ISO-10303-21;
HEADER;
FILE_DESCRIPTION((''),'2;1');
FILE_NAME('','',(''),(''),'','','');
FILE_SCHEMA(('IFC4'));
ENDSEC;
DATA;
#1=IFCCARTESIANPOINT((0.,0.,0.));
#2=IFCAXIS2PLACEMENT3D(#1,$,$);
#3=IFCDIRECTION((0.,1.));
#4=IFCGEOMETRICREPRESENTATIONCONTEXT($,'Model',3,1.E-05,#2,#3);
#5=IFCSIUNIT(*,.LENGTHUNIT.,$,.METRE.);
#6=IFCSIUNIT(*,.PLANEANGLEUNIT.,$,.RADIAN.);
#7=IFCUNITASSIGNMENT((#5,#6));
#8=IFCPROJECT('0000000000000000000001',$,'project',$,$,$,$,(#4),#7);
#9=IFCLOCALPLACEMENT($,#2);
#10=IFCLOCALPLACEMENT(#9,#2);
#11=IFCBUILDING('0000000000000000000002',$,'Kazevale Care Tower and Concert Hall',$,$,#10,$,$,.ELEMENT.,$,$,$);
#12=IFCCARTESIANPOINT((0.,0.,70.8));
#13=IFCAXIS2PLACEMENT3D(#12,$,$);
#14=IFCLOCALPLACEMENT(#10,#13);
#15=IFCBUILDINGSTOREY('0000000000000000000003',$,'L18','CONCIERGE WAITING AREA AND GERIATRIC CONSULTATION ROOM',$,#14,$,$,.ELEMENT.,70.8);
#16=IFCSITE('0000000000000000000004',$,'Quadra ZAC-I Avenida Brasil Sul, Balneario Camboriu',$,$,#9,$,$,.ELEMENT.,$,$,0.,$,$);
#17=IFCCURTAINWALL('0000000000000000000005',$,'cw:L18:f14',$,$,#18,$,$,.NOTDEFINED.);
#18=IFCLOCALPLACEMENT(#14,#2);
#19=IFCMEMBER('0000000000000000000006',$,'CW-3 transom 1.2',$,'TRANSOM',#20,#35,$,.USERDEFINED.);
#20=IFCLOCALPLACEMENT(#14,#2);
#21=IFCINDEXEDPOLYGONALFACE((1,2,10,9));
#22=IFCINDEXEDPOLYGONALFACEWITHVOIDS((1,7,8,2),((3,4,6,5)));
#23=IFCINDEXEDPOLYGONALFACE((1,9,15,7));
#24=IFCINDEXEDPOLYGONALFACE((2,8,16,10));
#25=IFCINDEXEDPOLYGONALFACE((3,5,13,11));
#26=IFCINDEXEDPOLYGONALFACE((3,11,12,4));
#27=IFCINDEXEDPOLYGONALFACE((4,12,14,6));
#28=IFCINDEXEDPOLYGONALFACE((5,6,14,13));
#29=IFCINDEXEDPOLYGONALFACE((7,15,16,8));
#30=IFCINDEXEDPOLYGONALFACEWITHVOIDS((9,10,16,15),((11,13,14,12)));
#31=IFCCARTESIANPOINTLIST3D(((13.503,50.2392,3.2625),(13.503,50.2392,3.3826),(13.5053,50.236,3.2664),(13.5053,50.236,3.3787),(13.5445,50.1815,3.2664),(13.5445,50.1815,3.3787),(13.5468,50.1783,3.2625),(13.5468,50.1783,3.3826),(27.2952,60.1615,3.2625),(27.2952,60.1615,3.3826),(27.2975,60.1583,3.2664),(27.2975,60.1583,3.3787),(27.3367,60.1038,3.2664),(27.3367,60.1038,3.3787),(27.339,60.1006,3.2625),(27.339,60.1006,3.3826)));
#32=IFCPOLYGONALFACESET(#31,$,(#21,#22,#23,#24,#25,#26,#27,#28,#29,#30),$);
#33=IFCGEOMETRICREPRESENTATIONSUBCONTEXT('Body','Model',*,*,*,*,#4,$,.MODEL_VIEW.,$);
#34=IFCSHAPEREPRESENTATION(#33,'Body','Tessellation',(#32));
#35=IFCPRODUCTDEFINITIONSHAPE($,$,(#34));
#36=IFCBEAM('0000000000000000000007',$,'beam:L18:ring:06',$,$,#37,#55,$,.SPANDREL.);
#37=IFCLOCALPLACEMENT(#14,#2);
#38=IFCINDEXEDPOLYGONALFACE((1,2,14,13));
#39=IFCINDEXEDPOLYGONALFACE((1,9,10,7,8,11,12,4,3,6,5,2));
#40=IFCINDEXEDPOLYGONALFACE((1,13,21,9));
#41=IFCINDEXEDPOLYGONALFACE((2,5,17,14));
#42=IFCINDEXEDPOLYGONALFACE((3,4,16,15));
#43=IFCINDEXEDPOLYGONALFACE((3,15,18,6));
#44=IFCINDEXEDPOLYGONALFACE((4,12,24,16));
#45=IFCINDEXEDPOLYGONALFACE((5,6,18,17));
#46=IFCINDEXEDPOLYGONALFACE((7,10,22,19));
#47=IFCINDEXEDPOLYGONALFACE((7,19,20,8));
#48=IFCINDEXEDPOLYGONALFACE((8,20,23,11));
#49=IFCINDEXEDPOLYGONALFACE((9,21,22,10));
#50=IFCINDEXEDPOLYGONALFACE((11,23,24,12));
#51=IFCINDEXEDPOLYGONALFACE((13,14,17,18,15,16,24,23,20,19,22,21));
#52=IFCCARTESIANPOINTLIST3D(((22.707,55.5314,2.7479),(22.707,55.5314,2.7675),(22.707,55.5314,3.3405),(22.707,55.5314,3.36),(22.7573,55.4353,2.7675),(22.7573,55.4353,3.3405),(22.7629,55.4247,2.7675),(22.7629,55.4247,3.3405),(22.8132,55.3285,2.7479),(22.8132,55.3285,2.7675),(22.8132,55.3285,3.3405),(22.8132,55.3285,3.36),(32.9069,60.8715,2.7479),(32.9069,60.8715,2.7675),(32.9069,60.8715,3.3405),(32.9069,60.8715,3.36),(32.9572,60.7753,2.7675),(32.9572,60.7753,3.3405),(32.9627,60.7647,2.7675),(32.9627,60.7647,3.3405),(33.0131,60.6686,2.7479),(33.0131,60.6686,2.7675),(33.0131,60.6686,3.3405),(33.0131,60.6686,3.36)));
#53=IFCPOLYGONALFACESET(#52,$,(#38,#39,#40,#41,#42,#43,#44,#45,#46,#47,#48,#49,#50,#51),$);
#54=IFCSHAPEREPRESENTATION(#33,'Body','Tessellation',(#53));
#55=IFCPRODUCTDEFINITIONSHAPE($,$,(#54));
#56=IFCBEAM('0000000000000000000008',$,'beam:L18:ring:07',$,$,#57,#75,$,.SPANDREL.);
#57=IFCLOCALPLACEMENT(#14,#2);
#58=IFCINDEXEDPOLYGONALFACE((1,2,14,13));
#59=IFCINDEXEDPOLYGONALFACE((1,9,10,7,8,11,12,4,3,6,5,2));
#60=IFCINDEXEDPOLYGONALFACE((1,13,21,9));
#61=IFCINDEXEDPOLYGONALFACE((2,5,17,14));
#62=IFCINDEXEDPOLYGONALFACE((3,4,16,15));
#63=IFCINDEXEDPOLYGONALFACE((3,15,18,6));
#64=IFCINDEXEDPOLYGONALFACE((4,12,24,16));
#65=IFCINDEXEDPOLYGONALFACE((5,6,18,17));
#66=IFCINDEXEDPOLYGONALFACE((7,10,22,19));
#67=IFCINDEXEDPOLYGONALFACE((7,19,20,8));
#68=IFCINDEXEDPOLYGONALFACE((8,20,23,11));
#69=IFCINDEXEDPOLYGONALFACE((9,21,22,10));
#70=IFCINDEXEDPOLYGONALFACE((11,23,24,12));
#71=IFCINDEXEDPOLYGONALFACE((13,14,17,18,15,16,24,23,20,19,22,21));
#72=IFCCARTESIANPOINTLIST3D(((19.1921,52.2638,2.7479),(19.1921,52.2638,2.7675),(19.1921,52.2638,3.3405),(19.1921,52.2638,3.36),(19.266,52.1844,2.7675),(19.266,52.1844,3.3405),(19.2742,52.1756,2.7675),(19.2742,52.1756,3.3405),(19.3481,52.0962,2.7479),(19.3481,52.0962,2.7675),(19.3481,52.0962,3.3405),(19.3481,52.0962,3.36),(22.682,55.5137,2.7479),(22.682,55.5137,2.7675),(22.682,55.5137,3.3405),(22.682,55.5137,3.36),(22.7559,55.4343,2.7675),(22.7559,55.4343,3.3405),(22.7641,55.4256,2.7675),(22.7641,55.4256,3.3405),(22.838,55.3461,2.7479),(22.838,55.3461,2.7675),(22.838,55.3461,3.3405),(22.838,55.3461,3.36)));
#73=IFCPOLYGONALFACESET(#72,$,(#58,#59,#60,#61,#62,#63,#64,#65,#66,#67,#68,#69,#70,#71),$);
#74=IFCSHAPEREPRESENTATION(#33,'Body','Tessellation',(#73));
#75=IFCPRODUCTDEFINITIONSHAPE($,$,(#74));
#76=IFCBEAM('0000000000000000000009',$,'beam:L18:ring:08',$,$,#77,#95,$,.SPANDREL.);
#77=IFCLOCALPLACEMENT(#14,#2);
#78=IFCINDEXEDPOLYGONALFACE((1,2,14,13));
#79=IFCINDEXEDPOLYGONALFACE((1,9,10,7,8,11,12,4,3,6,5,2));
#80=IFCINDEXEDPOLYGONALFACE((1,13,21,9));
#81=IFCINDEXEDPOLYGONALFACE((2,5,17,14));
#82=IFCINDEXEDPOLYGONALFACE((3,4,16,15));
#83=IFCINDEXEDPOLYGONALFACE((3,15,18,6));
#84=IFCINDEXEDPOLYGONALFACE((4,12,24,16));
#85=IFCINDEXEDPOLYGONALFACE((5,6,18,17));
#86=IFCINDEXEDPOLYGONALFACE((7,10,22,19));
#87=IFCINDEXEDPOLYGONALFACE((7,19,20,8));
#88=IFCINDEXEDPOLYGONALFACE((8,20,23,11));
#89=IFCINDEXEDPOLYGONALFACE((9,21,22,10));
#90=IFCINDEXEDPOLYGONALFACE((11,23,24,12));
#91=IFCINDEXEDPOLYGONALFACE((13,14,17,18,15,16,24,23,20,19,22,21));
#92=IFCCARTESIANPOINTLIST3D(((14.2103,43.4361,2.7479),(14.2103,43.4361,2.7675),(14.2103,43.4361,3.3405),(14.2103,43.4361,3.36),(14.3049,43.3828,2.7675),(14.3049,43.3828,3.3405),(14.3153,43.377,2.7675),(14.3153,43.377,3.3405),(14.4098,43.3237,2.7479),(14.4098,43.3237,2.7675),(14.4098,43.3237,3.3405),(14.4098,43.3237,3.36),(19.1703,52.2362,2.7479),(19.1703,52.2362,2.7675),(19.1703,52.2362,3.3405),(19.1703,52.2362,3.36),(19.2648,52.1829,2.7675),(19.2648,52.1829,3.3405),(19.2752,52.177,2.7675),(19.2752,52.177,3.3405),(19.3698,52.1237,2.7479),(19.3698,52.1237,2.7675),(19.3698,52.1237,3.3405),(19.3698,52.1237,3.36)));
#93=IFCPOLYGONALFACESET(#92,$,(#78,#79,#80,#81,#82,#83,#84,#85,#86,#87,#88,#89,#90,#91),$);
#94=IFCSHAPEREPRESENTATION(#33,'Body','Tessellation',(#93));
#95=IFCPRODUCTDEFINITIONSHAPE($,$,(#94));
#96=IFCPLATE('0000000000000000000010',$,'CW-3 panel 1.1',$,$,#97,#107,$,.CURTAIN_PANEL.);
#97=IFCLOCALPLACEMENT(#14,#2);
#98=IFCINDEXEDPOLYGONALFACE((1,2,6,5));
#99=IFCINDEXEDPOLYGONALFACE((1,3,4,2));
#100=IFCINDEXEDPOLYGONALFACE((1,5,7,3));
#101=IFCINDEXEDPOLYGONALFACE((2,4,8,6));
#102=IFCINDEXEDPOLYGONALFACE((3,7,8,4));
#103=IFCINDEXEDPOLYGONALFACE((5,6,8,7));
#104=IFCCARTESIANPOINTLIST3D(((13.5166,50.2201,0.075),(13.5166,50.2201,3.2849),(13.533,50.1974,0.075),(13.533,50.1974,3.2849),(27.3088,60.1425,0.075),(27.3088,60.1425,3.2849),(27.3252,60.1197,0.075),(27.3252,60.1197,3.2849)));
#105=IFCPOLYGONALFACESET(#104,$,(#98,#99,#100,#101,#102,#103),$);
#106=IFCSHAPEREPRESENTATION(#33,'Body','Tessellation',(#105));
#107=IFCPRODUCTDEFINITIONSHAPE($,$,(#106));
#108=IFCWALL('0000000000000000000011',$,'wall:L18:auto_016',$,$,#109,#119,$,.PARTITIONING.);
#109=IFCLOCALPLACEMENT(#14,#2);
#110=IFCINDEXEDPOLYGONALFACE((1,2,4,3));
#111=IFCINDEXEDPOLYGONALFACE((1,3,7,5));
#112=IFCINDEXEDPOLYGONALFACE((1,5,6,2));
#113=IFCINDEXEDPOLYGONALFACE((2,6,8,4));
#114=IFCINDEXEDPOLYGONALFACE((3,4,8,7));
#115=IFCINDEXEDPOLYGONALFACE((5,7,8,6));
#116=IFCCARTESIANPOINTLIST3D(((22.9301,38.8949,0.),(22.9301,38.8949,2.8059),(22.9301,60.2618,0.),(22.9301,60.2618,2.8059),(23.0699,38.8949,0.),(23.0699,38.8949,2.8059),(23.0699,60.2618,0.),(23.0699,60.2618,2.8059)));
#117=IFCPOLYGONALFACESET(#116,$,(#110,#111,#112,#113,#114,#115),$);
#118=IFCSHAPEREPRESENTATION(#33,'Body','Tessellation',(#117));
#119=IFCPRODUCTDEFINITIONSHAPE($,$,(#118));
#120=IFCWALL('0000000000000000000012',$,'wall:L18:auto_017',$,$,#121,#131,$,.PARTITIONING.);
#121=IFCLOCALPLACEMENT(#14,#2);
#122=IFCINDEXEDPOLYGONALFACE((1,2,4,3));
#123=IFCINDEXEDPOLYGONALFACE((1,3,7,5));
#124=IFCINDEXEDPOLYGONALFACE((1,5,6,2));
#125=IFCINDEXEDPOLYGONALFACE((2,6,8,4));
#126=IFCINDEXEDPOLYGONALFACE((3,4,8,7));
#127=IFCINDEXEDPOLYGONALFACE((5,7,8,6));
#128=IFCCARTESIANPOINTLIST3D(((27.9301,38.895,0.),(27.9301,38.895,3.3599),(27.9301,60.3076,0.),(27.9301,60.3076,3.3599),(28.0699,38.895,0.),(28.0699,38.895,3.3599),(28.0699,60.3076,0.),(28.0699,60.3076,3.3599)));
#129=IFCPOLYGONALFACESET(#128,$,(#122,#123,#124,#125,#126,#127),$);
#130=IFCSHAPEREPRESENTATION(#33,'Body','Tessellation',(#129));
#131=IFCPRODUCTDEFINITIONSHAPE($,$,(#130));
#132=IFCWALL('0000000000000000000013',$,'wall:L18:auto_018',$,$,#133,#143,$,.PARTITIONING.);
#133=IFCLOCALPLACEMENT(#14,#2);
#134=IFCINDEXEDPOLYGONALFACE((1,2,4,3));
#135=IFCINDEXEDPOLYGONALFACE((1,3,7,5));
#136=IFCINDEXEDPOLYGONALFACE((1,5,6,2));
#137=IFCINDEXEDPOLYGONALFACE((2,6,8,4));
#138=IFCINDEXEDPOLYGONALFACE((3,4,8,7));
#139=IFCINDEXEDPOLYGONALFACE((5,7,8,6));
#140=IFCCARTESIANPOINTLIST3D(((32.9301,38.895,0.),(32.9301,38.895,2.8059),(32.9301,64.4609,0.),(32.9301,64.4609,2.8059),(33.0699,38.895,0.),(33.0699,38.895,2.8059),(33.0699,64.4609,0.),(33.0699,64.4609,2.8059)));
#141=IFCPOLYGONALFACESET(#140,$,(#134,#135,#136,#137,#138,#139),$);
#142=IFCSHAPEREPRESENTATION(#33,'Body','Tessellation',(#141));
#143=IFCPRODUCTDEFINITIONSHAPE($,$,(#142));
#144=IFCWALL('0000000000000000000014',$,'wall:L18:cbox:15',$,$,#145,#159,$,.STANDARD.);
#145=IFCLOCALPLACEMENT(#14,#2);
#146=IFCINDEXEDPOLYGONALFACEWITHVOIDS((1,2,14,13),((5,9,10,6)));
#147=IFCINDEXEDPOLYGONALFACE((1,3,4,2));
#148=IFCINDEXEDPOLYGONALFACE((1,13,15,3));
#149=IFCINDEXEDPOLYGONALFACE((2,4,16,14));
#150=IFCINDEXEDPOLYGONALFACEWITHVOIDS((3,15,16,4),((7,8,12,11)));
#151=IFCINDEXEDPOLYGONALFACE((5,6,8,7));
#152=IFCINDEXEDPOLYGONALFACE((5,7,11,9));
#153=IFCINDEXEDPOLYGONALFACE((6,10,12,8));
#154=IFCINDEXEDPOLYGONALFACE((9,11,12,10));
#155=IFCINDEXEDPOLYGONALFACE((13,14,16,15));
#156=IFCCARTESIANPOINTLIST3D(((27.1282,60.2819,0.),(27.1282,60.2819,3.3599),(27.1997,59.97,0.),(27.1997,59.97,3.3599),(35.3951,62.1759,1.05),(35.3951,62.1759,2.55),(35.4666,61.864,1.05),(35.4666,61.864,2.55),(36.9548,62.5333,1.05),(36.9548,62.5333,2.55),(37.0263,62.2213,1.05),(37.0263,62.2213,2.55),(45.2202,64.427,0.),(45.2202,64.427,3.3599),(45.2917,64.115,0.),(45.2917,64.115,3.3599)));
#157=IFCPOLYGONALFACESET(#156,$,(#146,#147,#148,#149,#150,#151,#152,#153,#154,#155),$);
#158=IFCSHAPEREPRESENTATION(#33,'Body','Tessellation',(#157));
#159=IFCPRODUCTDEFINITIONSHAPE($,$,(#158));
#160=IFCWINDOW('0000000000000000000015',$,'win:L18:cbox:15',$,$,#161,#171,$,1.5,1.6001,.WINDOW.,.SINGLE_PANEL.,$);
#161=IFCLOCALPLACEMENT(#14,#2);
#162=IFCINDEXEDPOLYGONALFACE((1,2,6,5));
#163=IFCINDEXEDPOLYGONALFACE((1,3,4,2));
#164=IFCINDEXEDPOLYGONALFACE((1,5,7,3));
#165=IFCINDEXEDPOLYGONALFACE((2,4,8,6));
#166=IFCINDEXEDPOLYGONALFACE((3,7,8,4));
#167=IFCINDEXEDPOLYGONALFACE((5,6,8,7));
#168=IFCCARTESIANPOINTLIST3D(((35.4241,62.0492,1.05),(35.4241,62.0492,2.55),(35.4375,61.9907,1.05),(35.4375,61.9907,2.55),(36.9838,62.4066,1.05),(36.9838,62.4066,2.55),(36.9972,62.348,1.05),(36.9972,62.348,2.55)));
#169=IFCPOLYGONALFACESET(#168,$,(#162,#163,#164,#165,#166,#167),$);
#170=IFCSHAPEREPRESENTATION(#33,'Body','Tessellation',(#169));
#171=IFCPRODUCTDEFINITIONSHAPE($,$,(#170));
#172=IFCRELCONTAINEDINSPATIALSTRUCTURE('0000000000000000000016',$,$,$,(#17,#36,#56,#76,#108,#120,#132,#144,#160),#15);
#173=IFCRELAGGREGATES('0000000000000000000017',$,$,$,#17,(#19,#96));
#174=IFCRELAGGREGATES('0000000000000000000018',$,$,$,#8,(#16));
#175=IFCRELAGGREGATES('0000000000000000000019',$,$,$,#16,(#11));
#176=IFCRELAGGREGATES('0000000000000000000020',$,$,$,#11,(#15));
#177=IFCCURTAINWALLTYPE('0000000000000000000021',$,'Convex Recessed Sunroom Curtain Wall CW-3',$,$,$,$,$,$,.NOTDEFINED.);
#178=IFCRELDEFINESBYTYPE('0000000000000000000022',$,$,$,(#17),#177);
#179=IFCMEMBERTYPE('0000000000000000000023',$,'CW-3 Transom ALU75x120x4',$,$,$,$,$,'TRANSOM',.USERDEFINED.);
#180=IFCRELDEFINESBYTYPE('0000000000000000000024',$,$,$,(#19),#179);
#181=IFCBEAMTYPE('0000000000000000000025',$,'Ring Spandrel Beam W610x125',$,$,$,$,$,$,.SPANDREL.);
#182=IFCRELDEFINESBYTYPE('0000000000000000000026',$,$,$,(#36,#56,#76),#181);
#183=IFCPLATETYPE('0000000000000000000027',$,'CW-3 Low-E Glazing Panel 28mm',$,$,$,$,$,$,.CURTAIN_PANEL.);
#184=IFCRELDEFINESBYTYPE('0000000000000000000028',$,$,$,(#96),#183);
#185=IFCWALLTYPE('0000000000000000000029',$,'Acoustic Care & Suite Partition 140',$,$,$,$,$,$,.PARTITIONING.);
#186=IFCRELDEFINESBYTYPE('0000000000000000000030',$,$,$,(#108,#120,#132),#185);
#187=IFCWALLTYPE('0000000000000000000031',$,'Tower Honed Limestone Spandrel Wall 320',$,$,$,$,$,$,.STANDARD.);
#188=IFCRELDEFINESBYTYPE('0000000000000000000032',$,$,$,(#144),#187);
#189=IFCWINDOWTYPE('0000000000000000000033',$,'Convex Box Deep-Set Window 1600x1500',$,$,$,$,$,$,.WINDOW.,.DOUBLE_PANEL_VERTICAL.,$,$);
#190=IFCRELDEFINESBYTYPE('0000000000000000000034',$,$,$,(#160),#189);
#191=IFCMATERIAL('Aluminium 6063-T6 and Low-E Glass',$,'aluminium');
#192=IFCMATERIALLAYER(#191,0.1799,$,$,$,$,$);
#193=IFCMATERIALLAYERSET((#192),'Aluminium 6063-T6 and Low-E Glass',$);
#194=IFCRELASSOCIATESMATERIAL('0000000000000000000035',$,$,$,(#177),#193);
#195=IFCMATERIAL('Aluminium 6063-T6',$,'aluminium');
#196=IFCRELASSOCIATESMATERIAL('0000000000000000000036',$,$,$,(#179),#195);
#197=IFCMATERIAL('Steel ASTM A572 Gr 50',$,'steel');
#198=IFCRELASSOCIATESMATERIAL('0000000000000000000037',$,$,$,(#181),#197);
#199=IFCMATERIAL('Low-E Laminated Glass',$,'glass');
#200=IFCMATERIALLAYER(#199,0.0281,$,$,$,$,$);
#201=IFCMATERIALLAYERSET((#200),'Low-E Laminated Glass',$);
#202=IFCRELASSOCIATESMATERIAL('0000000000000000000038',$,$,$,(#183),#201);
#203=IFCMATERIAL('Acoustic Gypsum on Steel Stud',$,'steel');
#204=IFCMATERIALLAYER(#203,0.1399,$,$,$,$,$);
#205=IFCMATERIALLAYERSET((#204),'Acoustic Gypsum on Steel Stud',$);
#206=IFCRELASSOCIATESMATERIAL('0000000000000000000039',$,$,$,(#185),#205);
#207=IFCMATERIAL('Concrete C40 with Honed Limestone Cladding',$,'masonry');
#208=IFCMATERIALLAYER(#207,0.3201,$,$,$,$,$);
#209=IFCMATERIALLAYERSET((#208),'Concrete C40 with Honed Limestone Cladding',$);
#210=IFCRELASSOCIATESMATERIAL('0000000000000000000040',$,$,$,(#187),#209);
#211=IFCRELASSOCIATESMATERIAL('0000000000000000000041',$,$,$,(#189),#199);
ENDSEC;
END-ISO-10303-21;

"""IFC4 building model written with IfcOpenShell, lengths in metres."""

from ifc_helpers import new_model, si_unit, direction, frame, frame_2d, origin, origin_2d, place, context, subcontext, project, spatial, rectangle, hollow_rectangle, i_section, extrude, material, layer, layer_set, material_profile, profile_set, type_object, element, fill, aggregate, save


model = new_model("IFC4")

# Units and contexts
model_context = context("Model", 3, precision=1e-05, world=origin(), true_north=direction((0.0, 1.0)))
body_context = subcontext(model_context, "Body", "Model", "MODEL_VIEW")
ifc_project = project(units=[si_unit("LENGTHUNIT", "METRE"), si_unit("PLANEANGLEUNIT", "RADIAN")], contexts=[model_context])

# Site, building, storey
site_placement = place(None, origin())
site = spatial("IfcSite", under=ifc_project, at=site_placement, Name="Quadra ZAC-I Avenida Brasil Sul, Balneario Camboriu", CompositionType="ELEMENT", RefElevation=0.0)
building_placement = place(site_placement, origin())
building = spatial("IfcBuilding", under=site, at=building_placement, Name="Kazevale Care Tower and Concert Hall", CompositionType="ELEMENT")
storey_placement = place(building_placement, frame((0.0, 0.0, 70.8)))
storey = spatial("IfcBuildingStorey", under=building, at=storey_placement, Name="L18", Description="CONCIERGE WAITING AREA AND GERIATRIC CONSULTATION ROOM", CompositionType="ELEMENT", Elevation=70.8)

# Curtain wall, member
ifc_material_1 = material(Name="Aluminium 6063-T6 and Low-E Glass", Category="aluminium")
ifc_layer_1 = layer(ifc_material_1, 0.1799)
ifc_layer_set_1 = layer_set([ifc_layer_1], Name="Aluminium 6063-T6 and Low-E Glass")
curtain_wall_type = type_object("IfcCurtainWallType", Name="Convex Recessed Sunroom Curtain Wall CW-3", PredefinedType="NOTDEFINED", material=ifc_layer_set_1)
curtain_wall_placement = place(storey_placement, origin())
curtain_wall = element("IfcCurtainWall", 1, at=curtain_wall_placement, inside=storey, type_object=curtain_wall_type, Name="cw:L18:f14", PredefinedType="NOTDEFINED")
ifc_material_2 = material(Name="Aluminium 6063-T6", Category="aluminium")
ifc_material_profile_1 = material_profile(ifc_material_2, hollow_rectangle(XDim=0.075, YDim=0.1201, WallThickness=0.0039, at=origin_2d()), Name="ALU75x120x4")
ifc_profile_set_1 = profile_set([ifc_material_profile_1], Name="Aluminium 6063-T6")
member_type_1 = type_object("IfcMemberType", Name="CW-3 Transom ALU75x120x4", ElementType="TRANSOM", PredefinedType="USERDEFINED", material=ifc_profile_set_1)
member_1_placement = place(storey_placement, frame((13.5249, 50.2087, 3.3225), z_axis=(0.811759, 0.583993, 0.0), x_axis=(-0.583993, 0.811759, 0.0)))
member_1 = element("IfcMember", 2, at=member_1_placement, type_object=member_type_1, Name="CW-3 transom 1.2", ObjectType="TRANSOM", PredefinedType="USERDEFINED", context=body_context, shape_type="SweptSolid", body=[
    extrude(hollow_rectangle(XDim=0.075, YDim=0.1201, WallThickness=0.0039, at=origin_2d()), origin(), (0.0, 0.0, 1.0), 16.9905),
])

# Beams
ifc_material_3 = material(Name="Steel ASTM A572 Gr 50", Category="steel")
ifc_material_profile_2 = material_profile(ifc_material_3, i_section(OverallWidth=0.229, OverallDepth=0.6121, WebThickness=0.012, FlangeThickness=0.0195, at=origin_2d()), Name="W610x125")
ifc_profile_set_2 = profile_set([ifc_material_profile_2], Name="Steel ASTM A572 Gr 50")
beam_type = type_object("IfcBeamType", Name="Ring Spandrel Beam W610x125", PredefinedType="SPANDREL", material=ifc_profile_set_2)
beam_1_placement = place(storey_placement, frame((32.96, 60.77, 3.054), z_axis=(-0.885929, -0.46382, 0.0), x_axis=(0.46382, -0.885929, 0.0)))
element("IfcBeam", 3, at=beam_1_placement, inside=storey, type_object=beam_type, Name="beam:L18:ring:06", PredefinedType="SPANDREL", context=body_context, shape_type="SweptSolid", body=[
    extrude(i_section(OverallWidth=0.229, OverallDepth=0.6121, WebThickness=0.012, FlangeThickness=0.0195, at=origin_2d()), origin(), (0.0, 0.0, 1.0), 11.5132),
])
beam_2_placement = place(storey_placement, frame((22.76, 55.4299, 3.054), z_axis=(-0.731821, -0.681497, 0.0), x_axis=(0.681497, -0.731821, 0.0)))
element("IfcBeam", 4, at=beam_2_placement, inside=storey, type_object=beam_type, Name="beam:L18:ring:07", PredefinedType="SPANDREL", context=body_context, shape_type="SweptSolid", body=[
    extrude(i_section(OverallWidth=0.229, OverallDepth=0.6121, WebThickness=0.012, FlangeThickness=0.0195, at=origin_2d()), origin(), (0.0, 0.0, 1.0), 4.7688),
])
beam_3_placement = place(storey_placement, frame((19.27, 52.1799, 3.054), z_axis=(-0.491008, -0.871155, 0.0), x_axis=(0.871155, -0.491008, 0.0)))
element("IfcBeam", 5, at=beam_3_placement, inside=storey, type_object=beam_type, Name="beam:L18:ring:08", PredefinedType="SPANDREL", context=body_context, shape_type="SweptSolid", body=[
    extrude(i_section(OverallWidth=0.229, OverallDepth=0.6121, WebThickness=0.012, FlangeThickness=0.0195, at=origin_2d()), origin(), (0.0, 0.0, 1.0), 10.1016),
])

# Plate
ifc_material_4 = material(Name="Low-E Laminated Glass", Category="glass")
ifc_layer_2 = layer(ifc_material_4, 0.0281)
ifc_layer_set_2 = layer_set([ifc_layer_2], Name="Low-E Laminated Glass")
plate_type = type_object("IfcPlateType", Name="CW-3 Low-E Glazing Panel 28mm", PredefinedType="CURTAIN_PANEL", material=ifc_layer_set_2)
plate_placement = place(storey_placement, frame((20.4209, 55.1699, 0.075), z_axis=(0.0, 0.0, 1.0), x_axis=(0.811758, 0.583994, 0.0)))
plate = element("IfcPlate", 6, at=plate_placement, type_object=plate_type, Name="CW-3 panel 1.1", PredefinedType="CURTAIN_PANEL", context=body_context, shape_type="SweptSolid", body=[
    extrude(rectangle(XDim=16.9905, YDim=0.0281, at=origin_2d()), origin(), (0.0, 0.0, 1.0), 3.21),
])
aggregate(curtain_wall, [member_1, plate])

# Walls
ifc_material_5 = material(Name="Acoustic Gypsum on Steel Stud", Category="steel")
ifc_layer_3 = layer(ifc_material_5, 0.1399)
ifc_layer_set_3 = layer_set([ifc_layer_3], Name="Acoustic Gypsum on Steel Stud")
wall_type_1 = type_object("IfcWallType", Name="Acoustic Care & Suite Partition 140", PredefinedType="PARTITIONING", material=ifc_layer_set_3)
wall_1_placement = place(storey_placement, frame((23.0, 60.262, 0.0), z_axis=(0.0, 0.0, 1.0), x_axis=(0.0, -1.0, 0.0)))
element("IfcWall", 7, at=wall_1_placement, inside=storey, type_object=wall_type_1, Name="wall:L18:auto_016", PredefinedType="PARTITIONING", context=body_context, shape_type="SweptSolid", body=[
    extrude(rectangle(XDim=21.3669, YDim=0.1399, at=frame_2d((10.6836, 0.0))), origin(), (0.0, 0.0, 1.0), 2.8059),
])
wall_2_placement = place(storey_placement, frame((28.0, 60.3076, 0.0), z_axis=(0.0, 0.0, 1.0), x_axis=(0.0, -1.0, 0.0)))
element("IfcWall", 8, at=wall_2_placement, inside=storey, type_object=wall_type_1, Name="wall:L18:auto_017", PredefinedType="PARTITIONING", context=body_context, shape_type="SweptSolid", body=[
    extrude(rectangle(XDim=21.4126, YDim=0.1399, at=frame_2d((10.7063, 0.0))), origin(), (0.0, 0.0, 1.0), 3.3599),
])
wall_3_placement = place(storey_placement, frame((33.0, 64.4609, 0.0), z_axis=(0.0, 0.0, 1.0), x_axis=(0.0, -1.0, 0.0)))
element("IfcWall", 9, at=wall_3_placement, inside=storey, type_object=wall_type_1, Name="wall:L18:auto_018", PredefinedType="PARTITIONING", context=body_context, shape_type="SweptSolid", body=[
    extrude(rectangle(XDim=25.5659, YDim=0.1399, at=frame_2d((12.783, 0.0))), origin(), (0.0, 0.0, 1.0), 2.8059),
])

# Wall, opening, window
ifc_material_6 = material(Name="Concrete C40 with Honed Limestone Cladding", Category="masonry")
ifc_layer_4 = layer(ifc_material_6, 0.3201)
ifc_layer_set_4 = layer_set([ifc_layer_4], Name="Concrete C40 with Honed Limestone Cladding")
wall_type_2 = type_object("IfcWallType", Name="Tower Honed Limestone Spandrel Wall 320", PredefinedType="STANDARD", material=ifc_layer_set_4)
wall_4_placement = place(storey_placement, frame((27.1641, 60.126, 0.0), z_axis=(0.0, 0.0, 1.0), x_axis=(0.974745, 0.223321, 0.0)))
wall_4 = element("IfcWall", 10, at=wall_4_placement, inside=storey, type_object=wall_type_2, Name="wall:L18:cbox:15", PredefinedType="STANDARD", context=body_context, shape_type="SweptSolid", body=[
    extrude(rectangle(XDim=18.5608, YDim=0.3201, at=frame_2d((9.2803, 0.0))), origin(), (0.0, 0.0, 1.0), 3.3599),
])
opening_placement = place(wall_4_placement, frame((8.481, 0.0, 1.05)))
opening = element("IfcOpeningElement", 11, at=opening_placement, cuts=wall_4, PredefinedType="OPENING", context=body_context, shape_type="SweptSolid", body=[
    extrude(rectangle(XDim=1.6001, YDim=1.5, at=frame_2d((0.8, 0.75))), frame((0.0, 0.1699, 0.0), z_axis=(0.0, -1.0, 0.0), x_axis=(1.0, 0.0, 0.0)), (0.0, 0.0, 1.0), 0.3401),
])
window_type = type_object("IfcWindowType", Name="Convex Box Deep-Set Window 1600x1500", PartitioningType="DOUBLE_PANEL_VERTICAL", PredefinedType="WINDOW", material=ifc_material_4)
window_placement = place(opening_placement, origin())
window = element("IfcWindow", 12, at=window_placement, inside=storey, type_object=window_type, Name="win:L18:cbox:15", OverallHeight=1.5, OverallWidth=1.6001, PartitioningType="SINGLE_PANEL", PredefinedType="WINDOW", context=body_context, shape_type="SweptSolid", body=[
    extrude(rectangle(XDim=1.6001, YDim=1.5, at=frame_2d((0.8, 0.75))), frame((0.0, 0.03, 0.0), z_axis=(0.0, -1.0, 0.0), x_axis=(1.0, 0.0, 0.0)), (0.0, 0.0, 1.0), 0.0601),
])
fill(opening, window)

save(model, "model.ifc")
